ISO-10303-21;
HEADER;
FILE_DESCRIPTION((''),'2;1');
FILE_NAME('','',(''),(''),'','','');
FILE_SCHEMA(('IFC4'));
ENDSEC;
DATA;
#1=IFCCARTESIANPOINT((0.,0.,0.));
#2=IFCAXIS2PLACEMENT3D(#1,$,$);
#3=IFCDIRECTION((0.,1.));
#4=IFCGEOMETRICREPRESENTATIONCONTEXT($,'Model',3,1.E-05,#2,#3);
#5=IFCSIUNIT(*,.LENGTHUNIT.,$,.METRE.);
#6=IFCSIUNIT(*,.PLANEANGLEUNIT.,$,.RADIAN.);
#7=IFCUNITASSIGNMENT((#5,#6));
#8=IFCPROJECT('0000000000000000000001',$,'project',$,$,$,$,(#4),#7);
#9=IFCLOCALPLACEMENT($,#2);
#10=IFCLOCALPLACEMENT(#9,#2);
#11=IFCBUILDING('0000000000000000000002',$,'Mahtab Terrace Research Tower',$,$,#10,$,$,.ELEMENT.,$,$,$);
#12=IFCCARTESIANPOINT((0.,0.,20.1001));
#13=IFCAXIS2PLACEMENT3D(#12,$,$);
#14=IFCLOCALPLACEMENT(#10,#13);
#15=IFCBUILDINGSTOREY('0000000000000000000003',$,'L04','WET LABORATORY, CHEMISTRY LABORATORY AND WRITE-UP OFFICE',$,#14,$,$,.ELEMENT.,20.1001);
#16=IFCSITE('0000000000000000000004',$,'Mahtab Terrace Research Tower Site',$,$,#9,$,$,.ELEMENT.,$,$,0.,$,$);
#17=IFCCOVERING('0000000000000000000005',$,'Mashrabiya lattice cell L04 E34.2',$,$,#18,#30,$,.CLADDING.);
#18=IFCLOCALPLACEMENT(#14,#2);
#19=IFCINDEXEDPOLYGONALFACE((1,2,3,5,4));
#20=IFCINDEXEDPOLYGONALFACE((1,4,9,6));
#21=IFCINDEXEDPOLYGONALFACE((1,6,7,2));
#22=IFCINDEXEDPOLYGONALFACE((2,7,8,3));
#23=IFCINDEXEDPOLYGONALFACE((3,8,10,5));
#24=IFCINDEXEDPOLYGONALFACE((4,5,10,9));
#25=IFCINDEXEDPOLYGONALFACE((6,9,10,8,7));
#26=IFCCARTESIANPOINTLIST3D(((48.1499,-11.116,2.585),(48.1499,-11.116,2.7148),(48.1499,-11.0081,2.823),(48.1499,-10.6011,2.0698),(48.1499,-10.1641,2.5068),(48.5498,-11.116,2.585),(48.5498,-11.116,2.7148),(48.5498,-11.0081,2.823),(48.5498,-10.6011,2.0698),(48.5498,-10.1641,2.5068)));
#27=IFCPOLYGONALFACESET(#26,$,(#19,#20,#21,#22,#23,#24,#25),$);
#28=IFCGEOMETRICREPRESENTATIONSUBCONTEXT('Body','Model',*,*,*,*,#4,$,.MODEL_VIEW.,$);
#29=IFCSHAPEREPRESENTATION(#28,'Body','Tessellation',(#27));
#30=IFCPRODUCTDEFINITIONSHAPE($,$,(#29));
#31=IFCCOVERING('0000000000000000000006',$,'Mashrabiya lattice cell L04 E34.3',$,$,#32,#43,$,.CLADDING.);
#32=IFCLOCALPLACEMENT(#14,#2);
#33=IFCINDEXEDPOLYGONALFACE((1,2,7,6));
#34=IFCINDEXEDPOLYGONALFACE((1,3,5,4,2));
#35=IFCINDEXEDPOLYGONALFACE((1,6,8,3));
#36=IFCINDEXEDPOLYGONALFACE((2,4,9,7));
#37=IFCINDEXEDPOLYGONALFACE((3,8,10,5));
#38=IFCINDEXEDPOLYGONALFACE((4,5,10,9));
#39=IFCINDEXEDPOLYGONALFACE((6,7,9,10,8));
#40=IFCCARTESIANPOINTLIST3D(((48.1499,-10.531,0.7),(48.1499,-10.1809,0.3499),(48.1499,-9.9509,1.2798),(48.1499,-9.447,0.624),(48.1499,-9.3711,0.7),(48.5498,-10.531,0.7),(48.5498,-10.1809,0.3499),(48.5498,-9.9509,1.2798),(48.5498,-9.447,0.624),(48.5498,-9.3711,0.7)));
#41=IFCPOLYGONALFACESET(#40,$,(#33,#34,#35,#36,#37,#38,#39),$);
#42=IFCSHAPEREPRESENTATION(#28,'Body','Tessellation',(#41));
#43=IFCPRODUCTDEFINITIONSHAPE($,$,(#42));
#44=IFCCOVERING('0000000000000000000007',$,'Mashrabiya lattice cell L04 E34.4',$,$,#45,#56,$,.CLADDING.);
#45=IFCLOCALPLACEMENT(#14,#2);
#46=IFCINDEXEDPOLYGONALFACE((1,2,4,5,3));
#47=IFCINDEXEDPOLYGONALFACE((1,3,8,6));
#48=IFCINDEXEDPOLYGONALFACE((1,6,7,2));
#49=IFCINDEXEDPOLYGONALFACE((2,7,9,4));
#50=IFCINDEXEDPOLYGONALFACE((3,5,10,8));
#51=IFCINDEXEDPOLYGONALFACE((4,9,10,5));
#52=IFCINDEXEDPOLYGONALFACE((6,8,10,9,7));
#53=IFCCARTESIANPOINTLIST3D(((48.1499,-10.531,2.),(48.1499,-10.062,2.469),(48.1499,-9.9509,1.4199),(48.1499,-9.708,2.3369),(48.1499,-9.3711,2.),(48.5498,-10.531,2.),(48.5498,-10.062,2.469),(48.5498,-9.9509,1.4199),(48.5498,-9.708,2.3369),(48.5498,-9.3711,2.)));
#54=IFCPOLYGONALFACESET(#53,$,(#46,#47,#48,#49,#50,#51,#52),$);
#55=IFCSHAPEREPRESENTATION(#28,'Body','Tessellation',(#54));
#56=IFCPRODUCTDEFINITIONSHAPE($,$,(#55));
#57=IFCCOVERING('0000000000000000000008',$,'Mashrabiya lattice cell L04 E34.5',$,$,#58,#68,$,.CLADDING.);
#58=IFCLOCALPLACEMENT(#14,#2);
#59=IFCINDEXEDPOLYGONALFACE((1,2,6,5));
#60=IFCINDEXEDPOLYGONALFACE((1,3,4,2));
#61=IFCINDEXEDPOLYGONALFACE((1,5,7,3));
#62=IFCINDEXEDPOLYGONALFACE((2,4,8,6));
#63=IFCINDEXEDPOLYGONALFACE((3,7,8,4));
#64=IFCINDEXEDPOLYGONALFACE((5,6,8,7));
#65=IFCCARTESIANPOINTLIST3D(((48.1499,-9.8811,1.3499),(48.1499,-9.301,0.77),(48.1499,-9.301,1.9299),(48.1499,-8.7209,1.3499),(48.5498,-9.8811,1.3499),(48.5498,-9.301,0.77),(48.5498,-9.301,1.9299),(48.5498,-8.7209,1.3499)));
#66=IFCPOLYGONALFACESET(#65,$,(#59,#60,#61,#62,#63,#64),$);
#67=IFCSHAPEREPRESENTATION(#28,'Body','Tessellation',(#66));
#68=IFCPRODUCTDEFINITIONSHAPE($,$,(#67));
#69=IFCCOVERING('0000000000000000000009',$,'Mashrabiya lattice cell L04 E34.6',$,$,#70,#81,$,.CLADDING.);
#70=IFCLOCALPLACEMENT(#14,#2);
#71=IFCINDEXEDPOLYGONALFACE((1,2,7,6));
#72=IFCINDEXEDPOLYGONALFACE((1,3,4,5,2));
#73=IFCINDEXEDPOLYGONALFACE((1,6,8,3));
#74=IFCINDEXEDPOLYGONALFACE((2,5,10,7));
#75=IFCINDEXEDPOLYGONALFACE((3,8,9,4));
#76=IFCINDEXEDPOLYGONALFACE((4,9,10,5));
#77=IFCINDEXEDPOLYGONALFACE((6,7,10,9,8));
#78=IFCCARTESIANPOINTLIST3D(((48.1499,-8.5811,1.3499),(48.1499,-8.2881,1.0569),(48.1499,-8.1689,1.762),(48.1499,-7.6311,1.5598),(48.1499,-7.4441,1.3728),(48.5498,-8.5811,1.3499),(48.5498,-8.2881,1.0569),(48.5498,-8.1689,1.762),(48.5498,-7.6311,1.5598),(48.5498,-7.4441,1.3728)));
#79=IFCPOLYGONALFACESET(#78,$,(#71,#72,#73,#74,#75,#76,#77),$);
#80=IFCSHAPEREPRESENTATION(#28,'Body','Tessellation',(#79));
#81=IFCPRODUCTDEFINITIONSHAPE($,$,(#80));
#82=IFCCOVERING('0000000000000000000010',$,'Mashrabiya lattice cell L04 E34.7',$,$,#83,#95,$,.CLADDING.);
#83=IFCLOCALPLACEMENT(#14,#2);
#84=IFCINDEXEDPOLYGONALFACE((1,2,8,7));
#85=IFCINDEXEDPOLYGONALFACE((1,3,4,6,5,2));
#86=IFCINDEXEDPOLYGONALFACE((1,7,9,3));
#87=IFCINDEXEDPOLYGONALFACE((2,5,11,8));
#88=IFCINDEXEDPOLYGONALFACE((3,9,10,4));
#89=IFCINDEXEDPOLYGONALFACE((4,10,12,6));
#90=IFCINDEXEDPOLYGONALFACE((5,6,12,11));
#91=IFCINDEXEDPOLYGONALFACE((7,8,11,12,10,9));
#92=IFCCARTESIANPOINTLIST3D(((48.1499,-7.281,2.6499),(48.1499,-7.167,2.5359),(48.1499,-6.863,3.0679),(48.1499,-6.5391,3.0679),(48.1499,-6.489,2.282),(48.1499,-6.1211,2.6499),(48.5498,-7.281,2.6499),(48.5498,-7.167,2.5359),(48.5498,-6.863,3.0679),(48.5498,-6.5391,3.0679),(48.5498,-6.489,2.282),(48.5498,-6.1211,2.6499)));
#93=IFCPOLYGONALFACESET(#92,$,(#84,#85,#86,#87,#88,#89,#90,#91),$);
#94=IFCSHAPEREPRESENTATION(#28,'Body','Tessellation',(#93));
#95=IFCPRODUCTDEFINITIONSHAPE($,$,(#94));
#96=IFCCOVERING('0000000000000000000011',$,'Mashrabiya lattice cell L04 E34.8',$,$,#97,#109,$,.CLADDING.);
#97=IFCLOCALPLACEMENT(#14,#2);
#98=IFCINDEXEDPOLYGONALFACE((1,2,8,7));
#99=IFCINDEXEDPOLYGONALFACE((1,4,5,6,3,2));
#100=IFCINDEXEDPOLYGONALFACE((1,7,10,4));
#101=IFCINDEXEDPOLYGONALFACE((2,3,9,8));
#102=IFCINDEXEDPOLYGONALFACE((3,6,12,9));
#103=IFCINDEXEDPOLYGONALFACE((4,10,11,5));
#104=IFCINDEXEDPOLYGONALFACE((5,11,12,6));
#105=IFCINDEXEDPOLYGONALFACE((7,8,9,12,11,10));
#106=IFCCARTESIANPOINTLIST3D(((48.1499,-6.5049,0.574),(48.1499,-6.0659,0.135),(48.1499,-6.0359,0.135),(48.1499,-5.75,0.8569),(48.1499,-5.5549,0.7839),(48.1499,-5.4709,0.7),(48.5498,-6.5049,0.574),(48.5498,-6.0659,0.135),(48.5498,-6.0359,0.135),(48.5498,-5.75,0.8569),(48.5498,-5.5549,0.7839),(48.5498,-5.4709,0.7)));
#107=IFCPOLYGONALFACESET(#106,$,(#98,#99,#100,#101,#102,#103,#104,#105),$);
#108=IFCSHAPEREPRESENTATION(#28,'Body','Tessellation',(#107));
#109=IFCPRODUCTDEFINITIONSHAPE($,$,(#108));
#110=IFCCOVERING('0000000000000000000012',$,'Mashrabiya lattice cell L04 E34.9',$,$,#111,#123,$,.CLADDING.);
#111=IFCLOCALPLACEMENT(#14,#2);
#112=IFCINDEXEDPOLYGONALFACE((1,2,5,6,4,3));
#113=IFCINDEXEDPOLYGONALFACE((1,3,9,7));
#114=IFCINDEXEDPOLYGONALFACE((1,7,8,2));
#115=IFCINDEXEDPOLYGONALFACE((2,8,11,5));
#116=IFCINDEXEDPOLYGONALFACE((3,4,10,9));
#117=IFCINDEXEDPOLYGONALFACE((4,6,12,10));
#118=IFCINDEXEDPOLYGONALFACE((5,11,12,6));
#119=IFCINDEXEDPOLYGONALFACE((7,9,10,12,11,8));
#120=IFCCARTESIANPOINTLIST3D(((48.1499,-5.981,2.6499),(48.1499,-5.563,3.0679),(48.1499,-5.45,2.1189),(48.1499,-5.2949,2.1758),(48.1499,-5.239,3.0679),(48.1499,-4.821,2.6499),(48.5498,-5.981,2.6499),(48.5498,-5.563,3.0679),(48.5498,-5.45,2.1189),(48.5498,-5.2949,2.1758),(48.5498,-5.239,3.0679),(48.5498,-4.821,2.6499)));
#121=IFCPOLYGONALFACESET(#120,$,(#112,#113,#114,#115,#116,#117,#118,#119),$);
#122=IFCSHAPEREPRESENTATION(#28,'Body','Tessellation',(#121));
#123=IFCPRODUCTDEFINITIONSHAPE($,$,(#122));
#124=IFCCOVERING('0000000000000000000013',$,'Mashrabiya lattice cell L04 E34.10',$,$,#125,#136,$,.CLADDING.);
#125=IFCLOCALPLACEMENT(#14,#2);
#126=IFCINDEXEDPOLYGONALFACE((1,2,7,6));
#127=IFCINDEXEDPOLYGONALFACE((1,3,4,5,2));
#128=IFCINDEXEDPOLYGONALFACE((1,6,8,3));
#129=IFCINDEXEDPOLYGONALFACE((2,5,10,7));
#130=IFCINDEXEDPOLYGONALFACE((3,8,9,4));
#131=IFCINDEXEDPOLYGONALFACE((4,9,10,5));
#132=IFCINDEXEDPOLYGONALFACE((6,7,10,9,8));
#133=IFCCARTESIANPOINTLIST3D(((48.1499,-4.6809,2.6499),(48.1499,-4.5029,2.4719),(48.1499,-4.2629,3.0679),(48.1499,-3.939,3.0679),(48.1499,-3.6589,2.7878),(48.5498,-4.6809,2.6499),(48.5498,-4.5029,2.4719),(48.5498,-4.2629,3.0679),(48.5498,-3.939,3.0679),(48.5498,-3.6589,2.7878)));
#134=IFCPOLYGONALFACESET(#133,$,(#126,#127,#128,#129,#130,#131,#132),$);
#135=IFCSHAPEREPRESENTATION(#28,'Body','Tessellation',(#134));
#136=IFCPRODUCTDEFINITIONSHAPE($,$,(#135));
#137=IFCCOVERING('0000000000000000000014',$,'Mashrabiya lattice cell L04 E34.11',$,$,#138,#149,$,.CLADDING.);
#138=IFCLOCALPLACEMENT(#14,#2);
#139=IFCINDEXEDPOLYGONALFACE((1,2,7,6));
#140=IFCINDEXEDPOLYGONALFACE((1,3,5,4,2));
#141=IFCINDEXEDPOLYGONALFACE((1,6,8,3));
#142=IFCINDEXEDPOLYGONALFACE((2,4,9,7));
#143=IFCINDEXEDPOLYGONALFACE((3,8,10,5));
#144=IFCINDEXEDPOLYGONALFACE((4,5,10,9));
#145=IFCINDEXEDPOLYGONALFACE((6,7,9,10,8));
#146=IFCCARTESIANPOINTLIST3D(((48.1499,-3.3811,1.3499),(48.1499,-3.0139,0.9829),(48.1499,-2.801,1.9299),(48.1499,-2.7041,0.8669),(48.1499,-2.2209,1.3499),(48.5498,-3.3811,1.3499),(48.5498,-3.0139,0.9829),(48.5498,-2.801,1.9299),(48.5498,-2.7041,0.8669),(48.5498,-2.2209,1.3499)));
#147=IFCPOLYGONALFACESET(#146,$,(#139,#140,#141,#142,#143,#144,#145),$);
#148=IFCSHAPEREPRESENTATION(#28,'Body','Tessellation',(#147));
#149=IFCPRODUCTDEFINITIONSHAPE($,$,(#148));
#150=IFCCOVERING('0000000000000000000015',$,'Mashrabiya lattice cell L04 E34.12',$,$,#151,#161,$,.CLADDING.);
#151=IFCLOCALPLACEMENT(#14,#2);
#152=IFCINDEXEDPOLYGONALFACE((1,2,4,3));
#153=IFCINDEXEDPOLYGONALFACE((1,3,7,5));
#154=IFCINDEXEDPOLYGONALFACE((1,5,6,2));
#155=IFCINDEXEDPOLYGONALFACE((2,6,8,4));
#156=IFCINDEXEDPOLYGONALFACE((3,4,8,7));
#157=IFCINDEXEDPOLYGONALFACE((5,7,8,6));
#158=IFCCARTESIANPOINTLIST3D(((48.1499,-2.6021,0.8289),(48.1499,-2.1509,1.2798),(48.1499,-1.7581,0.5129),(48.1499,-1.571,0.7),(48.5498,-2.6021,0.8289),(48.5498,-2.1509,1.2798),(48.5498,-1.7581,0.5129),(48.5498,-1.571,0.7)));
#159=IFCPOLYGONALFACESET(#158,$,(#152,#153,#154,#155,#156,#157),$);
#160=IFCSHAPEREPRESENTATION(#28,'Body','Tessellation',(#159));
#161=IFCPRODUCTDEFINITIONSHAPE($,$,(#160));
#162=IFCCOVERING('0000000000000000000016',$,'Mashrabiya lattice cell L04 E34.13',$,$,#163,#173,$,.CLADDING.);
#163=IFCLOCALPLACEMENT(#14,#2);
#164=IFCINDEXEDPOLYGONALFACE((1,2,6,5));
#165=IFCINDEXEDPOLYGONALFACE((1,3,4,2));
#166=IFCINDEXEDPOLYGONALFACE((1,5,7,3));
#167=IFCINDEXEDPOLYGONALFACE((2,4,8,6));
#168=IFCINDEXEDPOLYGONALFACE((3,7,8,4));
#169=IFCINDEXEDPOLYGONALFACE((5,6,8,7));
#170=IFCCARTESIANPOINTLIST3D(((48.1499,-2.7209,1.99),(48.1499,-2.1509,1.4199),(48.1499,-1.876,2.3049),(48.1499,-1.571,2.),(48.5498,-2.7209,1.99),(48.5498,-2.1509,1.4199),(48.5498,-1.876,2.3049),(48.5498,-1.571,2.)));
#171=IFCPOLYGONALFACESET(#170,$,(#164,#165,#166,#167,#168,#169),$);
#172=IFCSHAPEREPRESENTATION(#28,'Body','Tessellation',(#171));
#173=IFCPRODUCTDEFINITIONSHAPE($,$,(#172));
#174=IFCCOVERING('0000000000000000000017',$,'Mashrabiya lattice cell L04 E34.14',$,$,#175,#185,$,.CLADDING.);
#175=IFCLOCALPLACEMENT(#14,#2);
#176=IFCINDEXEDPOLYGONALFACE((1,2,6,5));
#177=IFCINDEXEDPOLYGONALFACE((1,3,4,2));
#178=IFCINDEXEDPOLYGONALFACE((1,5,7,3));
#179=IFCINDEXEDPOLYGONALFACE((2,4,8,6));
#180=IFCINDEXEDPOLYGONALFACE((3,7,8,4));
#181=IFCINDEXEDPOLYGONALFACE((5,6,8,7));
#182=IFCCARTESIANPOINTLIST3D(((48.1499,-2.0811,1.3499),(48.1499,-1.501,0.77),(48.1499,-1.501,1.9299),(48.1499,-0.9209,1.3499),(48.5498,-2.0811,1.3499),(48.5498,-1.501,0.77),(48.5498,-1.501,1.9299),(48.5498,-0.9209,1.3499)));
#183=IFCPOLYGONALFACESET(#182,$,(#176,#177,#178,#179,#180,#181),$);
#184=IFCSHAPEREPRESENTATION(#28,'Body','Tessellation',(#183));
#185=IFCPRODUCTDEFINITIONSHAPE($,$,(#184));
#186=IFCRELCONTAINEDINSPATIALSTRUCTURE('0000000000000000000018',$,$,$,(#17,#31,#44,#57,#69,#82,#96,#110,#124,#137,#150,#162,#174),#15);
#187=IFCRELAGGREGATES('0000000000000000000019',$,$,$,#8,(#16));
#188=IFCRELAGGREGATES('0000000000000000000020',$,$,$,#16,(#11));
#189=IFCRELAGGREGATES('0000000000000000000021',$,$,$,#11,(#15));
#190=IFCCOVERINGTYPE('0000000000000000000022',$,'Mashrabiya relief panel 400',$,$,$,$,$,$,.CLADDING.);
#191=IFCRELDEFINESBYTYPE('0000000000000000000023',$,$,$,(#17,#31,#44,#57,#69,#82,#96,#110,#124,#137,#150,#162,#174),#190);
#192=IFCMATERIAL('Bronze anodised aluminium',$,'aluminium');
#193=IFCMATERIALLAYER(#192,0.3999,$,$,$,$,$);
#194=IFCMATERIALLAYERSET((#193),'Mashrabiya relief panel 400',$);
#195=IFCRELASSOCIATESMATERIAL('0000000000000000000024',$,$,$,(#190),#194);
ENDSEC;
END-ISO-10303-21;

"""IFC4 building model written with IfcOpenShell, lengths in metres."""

from ifc_helpers import new_model, si_unit, direction, frame, origin, place, context, subcontext, project, spatial, polyline, outline, extrude, material, layer, layer_set, type_object, element, save


model = new_model("IFC4")

# Units and contexts
model_context = context("Model", 3, precision=1e-05, world=origin(), true_north=direction((0.0, 1.0)))
body_context = subcontext(model_context, "Body", "Model", "MODEL_VIEW")
ifc_project = project(units=[si_unit("LENGTHUNIT", "METRE"), si_unit("PLANEANGLEUNIT", "RADIAN")], contexts=[model_context])

# Site, building, storey
site_placement = place(None, origin())
site = spatial("IfcSite", under=ifc_project, at=site_placement, Name="Mahtab Terrace Research Tower Site", CompositionType="ELEMENT", RefElevation=0.0)
building_placement = place(site_placement, origin())
building = spatial("IfcBuilding", under=site, at=building_placement, Name="Mahtab Terrace Research Tower", CompositionType="ELEMENT")
storey_placement = place(building_placement, frame((0.0, 0.0, 20.1001)))
storey = spatial("IfcBuildingStorey", under=building, at=storey_placement, Name="L04", Description="WET LABORATORY, CHEMISTRY LABORATORY AND WRITE-UP OFFICE", CompositionType="ELEMENT", Elevation=20.1001)

# Coverings
ifc_material = material(Name="Bronze anodised aluminium", Category="aluminium")
ifc_layer = layer(ifc_material, 0.3999)
ifc_layer_set = layer_set([ifc_layer], Name="Mashrabiya relief panel 400")
covering_type = type_object("IfcCoveringType", Name="Mashrabiya relief panel 400", PredefinedType="CLADDING", material=ifc_layer_set)
covering_1_placement = place(storey_placement, frame((48.1499, -10.6011, 2.0698), z_axis=(-1.0, 0.0, 0.0), x_axis=(0.0, -0.706939, 0.707274)))
element("IfcCovering", 1, at=covering_1_placement, inside=storey, type_object=covering_type, Name="Mashrabiya lattice cell L04 E34.2", PredefinedType="CLADDING", context=body_context, shape_type="SweptSolid", body=[
    extrude(outline(polyline([(0.0, 0.0), (0.7283, 0.0), (0.8202, 0.0918), (0.8204, 0.2446), (0.0001, 0.618), (0.0, 0.0)])), origin(), (0.0, 0.0, -1.0), 0.3999),
])
covering_2_placement = place(storey_placement, frame((48.1499, -10.531, 0.7), z_axis=(-1.0, 0.0, 0.0), x_axis=(0.0, 0.707256, 0.706958)))
element("IfcCovering", 2, at=covering_2_placement, inside=storey, type_object=covering_type, Name="Mashrabiya lattice cell L04 E34.3", PredefinedType="CLADDING", context=body_context, shape_type="SweptSolid", body=[
    extrude(outline(polyline([(0.0, 0.0), (0.8202, 0.0), (0.8204, 0.82), (0.713, 0.82), (0.0001, 0.4951), (0.0, 0.0)])), origin(), (0.0, 0.0, -1.0), 0.3999),
])
covering_3_placement = place(storey_placement, frame((48.1499, -9.3711, 2.0), z_axis=(-1.0, 0.0, 0.0), x_axis=(0.0, -0.706958, -0.707256)))
element("IfcCovering", 3, at=covering_3_placement, inside=storey, type_object=covering_type, Name="Mashrabiya lattice cell L04 E34.4", PredefinedType="CLADDING", context=body_context, shape_type="SweptSolid", body=[
    extrude(outline(polyline([(0.0, 0.0), (0.8202, 0.0), (0.82, 0.8204), (0.1568, 0.8202), (-0.0001, 0.4765), (0.0, 0.0)])), origin(), (0.0, 0.0, -1.0), 0.3999),
])
covering_4_placement = place(storey_placement, frame((48.1499, -9.301, 1.9299), z_axis=(-1.0, 0.0, 0.0), x_axis=(0.0, 0.707107, -0.707107)))
element("IfcCovering", 4, at=covering_4_placement, inside=storey, type_object=covering_type, Name="Mashrabiya lattice cell L04 E34.5", PredefinedType="CLADDING", context=body_context, shape_type="SweptSolid", body=[
    extrude(outline(polyline([(0.0, 0.0), (0.8204, 0.0), (0.8202, 0.8202), (0.0, 0.8204), (0.0, 0.0)])), origin(), (0.0, 0.0, -1.0), 0.3999),
])
covering_5_placement = place(storey_placement, frame((48.1499, -8.5811, 1.3499), z_axis=(-1.0, 0.0, 0.0), x_axis=(0.0, 0.707107, 0.707107)))
element("IfcCovering", 5, at=covering_5_placement, inside=storey, type_object=covering_type, Name="Mashrabiya lattice cell L04 E34.6", PredefinedType="CLADDING", context=body_context, shape_type="SweptSolid", body=[
    extrude(outline(polyline([(0.0, 0.0), (0.5828, 0.0), (0.8202, 0.5233), (0.8202, 0.7877), (0.0, 0.4143), (0.0, 0.0)])), origin(), (0.0, 0.0, -1.0), 0.3999),
])
covering_6_placement = place(storey_placement, frame((48.1499, -7.281, 2.6499), z_axis=(-1.0, 0.0, 0.0), x_axis=(0.0, 0.707107, 0.707107)))
element("IfcCovering", 6, at=covering_6_placement, inside=storey, type_object=covering_type, Name="Mashrabiya lattice cell L04 E34.7", PredefinedType="CLADDING", context=body_context, shape_type="SweptSolid", body=[
    extrude(outline(polyline([(0.0, 0.0), (0.5911, 0.0), (0.8202, 0.2291), (0.8202, 0.8202), (0.2999, 0.8202), (0.0, 0.1612), (0.0, 0.0)])), origin(), (0.0, 0.0, -1.0), 0.3999),
])
covering_7_placement = place(storey_placement, frame((48.1499, -6.5049, 0.574), z_axis=(-1.0, 0.0, 0.0), x_axis=(0.0, 0.936379, 0.350991)))
element("IfcCovering", 7, at=covering_7_placement, inside=storey, type_object=covering_type, Name="Mashrabiya lattice cell L04 E34.8", PredefinedType="CLADDING", context=body_context, shape_type="SweptSolid", body=[
    extrude(outline(polyline([(0.0, 0.0), (0.8062, 0.0), (0.9632, 0.1368), (1.0124, 0.2449), (0.2851, 0.5757), (0.257, 0.5651), (0.0, 0.0)])), origin(), (0.0, 0.0, -1.0), 0.3999),
])
covering_8_placement = place(storey_placement, frame((48.1499, -5.981, 2.6499), z_axis=(-1.0, 0.0, 0.0), x_axis=(0.0, 0.707107, 0.707107)))
element("IfcCovering", 8, at=covering_8_placement, inside=storey, type_object=covering_type, Name="Mashrabiya lattice cell L04 E34.9", PredefinedType="CLADDING", context=body_context, shape_type="SweptSolid", body=[
    extrude(outline(polyline([(0.0, 0.0), (0.5911, 0.0), (0.8202, 0.2291), (0.8202, 0.8202), (0.1498, 0.8204), (0.0, 0.751), (0.0, 0.0)])), origin(), (0.0, 0.0, -1.0), 0.3999),
])
covering_9_placement = place(storey_placement, frame((48.1499, -4.6809, 2.6499), z_axis=(-1.0, 0.0, 0.0), x_axis=(0.0, 0.707107, 0.707107)))
element("IfcCovering", 9, at=covering_9_placement, inside=storey, type_object=covering_type, Name="Mashrabiya lattice cell L04 E34.10", PredefinedType="CLADDING", context=body_context, shape_type="SweptSolid", body=[
    extrude(outline(polyline([(0.0, 0.0), (0.5911, 0.0), (0.8202, 0.2291), (0.8202, 0.6251), (0.0, 0.2517), (0.0, 0.0)])), origin(), (0.0, 0.0, -1.0), 0.3999),
])
covering_10_placement = place(storey_placement, frame((48.1499, -3.3811, 1.3499), z_axis=(-1.0, 0.0, 0.0), x_axis=(0.0, 0.707107, 0.707107)))
element("IfcCovering", 10, at=covering_10_placement, inside=storey, type_object=covering_type, Name="Mashrabiya lattice cell L04 E34.11", PredefinedType="CLADDING", context=body_context, shape_type="SweptSolid", body=[
    extrude(outline(polyline([(0.0, 0.0), (0.8204, 0.0), (0.8204, 0.8204), (0.1372, 0.8202), (0.0002, 0.5191), (0.0, 0.0)])), origin(), (0.0, 0.0, -1.0), 0.3999),
])
covering_11_placement = place(storey_placement, frame((48.1499, -2.1509, 1.2798), z_axis=(-1.0, 0.0, 0.0), x_axis=(0.0, 0.707107, -0.707107)))
element("IfcCovering", 11, at=covering_11_placement, inside=storey, type_object=covering_type, Name="Mashrabiya lattice cell L04 E34.12", PredefinedType="CLADDING", context=body_context, shape_type="SweptSolid", body=[
    extrude(outline(polyline([(0.0, 0.0), (0.82, 0.0), (0.82, 0.2645), (-0.0002, 0.6379), (0.0, 0.0)])), origin(), (0.0, 0.0, -1.0), 0.3999),
])
covering_12_placement = place(storey_placement, frame((48.1499, -1.571, 2.0), z_axis=(-1.0, 0.0, 0.0), x_axis=(0.0, -0.706958, -0.707256)))
element("IfcCovering", 12, at=covering_12_placement, inside=storey, type_object=covering_type, Name="Mashrabiya lattice cell L04 E34.13", PredefinedType="CLADDING", context=body_context, shape_type="SweptSolid", body=[
    extrude(outline(polyline([(0.0, 0.0), (0.8202, 0.0), (0.82, 0.8062), (-0.0001, 0.4312), (0.0, 0.0)])), origin(), (0.0, 0.0, -1.0), 0.3999),
])
covering_13_placement = place(storey_placement, frame((48.1499, -1.501, 1.9299), z_axis=(-1.0, 0.0, 0.0), x_axis=(0.0, 0.707107, -0.707107)))
element("IfcCovering", 13, at=covering_13_placement, inside=storey, type_object=covering_type, Name="Mashrabiya lattice cell L04 E34.14", PredefinedType="CLADDING", context=body_context, shape_type="SweptSolid", body=[
    extrude(outline(polyline([(0.0, 0.0), (0.8204, 0.0), (0.8202, 0.8202), (0.0, 0.8204), (0.0, 0.0)])), origin(), (0.0, 0.0, -1.0), 0.3999),
])

save(model, "model.ifc")
